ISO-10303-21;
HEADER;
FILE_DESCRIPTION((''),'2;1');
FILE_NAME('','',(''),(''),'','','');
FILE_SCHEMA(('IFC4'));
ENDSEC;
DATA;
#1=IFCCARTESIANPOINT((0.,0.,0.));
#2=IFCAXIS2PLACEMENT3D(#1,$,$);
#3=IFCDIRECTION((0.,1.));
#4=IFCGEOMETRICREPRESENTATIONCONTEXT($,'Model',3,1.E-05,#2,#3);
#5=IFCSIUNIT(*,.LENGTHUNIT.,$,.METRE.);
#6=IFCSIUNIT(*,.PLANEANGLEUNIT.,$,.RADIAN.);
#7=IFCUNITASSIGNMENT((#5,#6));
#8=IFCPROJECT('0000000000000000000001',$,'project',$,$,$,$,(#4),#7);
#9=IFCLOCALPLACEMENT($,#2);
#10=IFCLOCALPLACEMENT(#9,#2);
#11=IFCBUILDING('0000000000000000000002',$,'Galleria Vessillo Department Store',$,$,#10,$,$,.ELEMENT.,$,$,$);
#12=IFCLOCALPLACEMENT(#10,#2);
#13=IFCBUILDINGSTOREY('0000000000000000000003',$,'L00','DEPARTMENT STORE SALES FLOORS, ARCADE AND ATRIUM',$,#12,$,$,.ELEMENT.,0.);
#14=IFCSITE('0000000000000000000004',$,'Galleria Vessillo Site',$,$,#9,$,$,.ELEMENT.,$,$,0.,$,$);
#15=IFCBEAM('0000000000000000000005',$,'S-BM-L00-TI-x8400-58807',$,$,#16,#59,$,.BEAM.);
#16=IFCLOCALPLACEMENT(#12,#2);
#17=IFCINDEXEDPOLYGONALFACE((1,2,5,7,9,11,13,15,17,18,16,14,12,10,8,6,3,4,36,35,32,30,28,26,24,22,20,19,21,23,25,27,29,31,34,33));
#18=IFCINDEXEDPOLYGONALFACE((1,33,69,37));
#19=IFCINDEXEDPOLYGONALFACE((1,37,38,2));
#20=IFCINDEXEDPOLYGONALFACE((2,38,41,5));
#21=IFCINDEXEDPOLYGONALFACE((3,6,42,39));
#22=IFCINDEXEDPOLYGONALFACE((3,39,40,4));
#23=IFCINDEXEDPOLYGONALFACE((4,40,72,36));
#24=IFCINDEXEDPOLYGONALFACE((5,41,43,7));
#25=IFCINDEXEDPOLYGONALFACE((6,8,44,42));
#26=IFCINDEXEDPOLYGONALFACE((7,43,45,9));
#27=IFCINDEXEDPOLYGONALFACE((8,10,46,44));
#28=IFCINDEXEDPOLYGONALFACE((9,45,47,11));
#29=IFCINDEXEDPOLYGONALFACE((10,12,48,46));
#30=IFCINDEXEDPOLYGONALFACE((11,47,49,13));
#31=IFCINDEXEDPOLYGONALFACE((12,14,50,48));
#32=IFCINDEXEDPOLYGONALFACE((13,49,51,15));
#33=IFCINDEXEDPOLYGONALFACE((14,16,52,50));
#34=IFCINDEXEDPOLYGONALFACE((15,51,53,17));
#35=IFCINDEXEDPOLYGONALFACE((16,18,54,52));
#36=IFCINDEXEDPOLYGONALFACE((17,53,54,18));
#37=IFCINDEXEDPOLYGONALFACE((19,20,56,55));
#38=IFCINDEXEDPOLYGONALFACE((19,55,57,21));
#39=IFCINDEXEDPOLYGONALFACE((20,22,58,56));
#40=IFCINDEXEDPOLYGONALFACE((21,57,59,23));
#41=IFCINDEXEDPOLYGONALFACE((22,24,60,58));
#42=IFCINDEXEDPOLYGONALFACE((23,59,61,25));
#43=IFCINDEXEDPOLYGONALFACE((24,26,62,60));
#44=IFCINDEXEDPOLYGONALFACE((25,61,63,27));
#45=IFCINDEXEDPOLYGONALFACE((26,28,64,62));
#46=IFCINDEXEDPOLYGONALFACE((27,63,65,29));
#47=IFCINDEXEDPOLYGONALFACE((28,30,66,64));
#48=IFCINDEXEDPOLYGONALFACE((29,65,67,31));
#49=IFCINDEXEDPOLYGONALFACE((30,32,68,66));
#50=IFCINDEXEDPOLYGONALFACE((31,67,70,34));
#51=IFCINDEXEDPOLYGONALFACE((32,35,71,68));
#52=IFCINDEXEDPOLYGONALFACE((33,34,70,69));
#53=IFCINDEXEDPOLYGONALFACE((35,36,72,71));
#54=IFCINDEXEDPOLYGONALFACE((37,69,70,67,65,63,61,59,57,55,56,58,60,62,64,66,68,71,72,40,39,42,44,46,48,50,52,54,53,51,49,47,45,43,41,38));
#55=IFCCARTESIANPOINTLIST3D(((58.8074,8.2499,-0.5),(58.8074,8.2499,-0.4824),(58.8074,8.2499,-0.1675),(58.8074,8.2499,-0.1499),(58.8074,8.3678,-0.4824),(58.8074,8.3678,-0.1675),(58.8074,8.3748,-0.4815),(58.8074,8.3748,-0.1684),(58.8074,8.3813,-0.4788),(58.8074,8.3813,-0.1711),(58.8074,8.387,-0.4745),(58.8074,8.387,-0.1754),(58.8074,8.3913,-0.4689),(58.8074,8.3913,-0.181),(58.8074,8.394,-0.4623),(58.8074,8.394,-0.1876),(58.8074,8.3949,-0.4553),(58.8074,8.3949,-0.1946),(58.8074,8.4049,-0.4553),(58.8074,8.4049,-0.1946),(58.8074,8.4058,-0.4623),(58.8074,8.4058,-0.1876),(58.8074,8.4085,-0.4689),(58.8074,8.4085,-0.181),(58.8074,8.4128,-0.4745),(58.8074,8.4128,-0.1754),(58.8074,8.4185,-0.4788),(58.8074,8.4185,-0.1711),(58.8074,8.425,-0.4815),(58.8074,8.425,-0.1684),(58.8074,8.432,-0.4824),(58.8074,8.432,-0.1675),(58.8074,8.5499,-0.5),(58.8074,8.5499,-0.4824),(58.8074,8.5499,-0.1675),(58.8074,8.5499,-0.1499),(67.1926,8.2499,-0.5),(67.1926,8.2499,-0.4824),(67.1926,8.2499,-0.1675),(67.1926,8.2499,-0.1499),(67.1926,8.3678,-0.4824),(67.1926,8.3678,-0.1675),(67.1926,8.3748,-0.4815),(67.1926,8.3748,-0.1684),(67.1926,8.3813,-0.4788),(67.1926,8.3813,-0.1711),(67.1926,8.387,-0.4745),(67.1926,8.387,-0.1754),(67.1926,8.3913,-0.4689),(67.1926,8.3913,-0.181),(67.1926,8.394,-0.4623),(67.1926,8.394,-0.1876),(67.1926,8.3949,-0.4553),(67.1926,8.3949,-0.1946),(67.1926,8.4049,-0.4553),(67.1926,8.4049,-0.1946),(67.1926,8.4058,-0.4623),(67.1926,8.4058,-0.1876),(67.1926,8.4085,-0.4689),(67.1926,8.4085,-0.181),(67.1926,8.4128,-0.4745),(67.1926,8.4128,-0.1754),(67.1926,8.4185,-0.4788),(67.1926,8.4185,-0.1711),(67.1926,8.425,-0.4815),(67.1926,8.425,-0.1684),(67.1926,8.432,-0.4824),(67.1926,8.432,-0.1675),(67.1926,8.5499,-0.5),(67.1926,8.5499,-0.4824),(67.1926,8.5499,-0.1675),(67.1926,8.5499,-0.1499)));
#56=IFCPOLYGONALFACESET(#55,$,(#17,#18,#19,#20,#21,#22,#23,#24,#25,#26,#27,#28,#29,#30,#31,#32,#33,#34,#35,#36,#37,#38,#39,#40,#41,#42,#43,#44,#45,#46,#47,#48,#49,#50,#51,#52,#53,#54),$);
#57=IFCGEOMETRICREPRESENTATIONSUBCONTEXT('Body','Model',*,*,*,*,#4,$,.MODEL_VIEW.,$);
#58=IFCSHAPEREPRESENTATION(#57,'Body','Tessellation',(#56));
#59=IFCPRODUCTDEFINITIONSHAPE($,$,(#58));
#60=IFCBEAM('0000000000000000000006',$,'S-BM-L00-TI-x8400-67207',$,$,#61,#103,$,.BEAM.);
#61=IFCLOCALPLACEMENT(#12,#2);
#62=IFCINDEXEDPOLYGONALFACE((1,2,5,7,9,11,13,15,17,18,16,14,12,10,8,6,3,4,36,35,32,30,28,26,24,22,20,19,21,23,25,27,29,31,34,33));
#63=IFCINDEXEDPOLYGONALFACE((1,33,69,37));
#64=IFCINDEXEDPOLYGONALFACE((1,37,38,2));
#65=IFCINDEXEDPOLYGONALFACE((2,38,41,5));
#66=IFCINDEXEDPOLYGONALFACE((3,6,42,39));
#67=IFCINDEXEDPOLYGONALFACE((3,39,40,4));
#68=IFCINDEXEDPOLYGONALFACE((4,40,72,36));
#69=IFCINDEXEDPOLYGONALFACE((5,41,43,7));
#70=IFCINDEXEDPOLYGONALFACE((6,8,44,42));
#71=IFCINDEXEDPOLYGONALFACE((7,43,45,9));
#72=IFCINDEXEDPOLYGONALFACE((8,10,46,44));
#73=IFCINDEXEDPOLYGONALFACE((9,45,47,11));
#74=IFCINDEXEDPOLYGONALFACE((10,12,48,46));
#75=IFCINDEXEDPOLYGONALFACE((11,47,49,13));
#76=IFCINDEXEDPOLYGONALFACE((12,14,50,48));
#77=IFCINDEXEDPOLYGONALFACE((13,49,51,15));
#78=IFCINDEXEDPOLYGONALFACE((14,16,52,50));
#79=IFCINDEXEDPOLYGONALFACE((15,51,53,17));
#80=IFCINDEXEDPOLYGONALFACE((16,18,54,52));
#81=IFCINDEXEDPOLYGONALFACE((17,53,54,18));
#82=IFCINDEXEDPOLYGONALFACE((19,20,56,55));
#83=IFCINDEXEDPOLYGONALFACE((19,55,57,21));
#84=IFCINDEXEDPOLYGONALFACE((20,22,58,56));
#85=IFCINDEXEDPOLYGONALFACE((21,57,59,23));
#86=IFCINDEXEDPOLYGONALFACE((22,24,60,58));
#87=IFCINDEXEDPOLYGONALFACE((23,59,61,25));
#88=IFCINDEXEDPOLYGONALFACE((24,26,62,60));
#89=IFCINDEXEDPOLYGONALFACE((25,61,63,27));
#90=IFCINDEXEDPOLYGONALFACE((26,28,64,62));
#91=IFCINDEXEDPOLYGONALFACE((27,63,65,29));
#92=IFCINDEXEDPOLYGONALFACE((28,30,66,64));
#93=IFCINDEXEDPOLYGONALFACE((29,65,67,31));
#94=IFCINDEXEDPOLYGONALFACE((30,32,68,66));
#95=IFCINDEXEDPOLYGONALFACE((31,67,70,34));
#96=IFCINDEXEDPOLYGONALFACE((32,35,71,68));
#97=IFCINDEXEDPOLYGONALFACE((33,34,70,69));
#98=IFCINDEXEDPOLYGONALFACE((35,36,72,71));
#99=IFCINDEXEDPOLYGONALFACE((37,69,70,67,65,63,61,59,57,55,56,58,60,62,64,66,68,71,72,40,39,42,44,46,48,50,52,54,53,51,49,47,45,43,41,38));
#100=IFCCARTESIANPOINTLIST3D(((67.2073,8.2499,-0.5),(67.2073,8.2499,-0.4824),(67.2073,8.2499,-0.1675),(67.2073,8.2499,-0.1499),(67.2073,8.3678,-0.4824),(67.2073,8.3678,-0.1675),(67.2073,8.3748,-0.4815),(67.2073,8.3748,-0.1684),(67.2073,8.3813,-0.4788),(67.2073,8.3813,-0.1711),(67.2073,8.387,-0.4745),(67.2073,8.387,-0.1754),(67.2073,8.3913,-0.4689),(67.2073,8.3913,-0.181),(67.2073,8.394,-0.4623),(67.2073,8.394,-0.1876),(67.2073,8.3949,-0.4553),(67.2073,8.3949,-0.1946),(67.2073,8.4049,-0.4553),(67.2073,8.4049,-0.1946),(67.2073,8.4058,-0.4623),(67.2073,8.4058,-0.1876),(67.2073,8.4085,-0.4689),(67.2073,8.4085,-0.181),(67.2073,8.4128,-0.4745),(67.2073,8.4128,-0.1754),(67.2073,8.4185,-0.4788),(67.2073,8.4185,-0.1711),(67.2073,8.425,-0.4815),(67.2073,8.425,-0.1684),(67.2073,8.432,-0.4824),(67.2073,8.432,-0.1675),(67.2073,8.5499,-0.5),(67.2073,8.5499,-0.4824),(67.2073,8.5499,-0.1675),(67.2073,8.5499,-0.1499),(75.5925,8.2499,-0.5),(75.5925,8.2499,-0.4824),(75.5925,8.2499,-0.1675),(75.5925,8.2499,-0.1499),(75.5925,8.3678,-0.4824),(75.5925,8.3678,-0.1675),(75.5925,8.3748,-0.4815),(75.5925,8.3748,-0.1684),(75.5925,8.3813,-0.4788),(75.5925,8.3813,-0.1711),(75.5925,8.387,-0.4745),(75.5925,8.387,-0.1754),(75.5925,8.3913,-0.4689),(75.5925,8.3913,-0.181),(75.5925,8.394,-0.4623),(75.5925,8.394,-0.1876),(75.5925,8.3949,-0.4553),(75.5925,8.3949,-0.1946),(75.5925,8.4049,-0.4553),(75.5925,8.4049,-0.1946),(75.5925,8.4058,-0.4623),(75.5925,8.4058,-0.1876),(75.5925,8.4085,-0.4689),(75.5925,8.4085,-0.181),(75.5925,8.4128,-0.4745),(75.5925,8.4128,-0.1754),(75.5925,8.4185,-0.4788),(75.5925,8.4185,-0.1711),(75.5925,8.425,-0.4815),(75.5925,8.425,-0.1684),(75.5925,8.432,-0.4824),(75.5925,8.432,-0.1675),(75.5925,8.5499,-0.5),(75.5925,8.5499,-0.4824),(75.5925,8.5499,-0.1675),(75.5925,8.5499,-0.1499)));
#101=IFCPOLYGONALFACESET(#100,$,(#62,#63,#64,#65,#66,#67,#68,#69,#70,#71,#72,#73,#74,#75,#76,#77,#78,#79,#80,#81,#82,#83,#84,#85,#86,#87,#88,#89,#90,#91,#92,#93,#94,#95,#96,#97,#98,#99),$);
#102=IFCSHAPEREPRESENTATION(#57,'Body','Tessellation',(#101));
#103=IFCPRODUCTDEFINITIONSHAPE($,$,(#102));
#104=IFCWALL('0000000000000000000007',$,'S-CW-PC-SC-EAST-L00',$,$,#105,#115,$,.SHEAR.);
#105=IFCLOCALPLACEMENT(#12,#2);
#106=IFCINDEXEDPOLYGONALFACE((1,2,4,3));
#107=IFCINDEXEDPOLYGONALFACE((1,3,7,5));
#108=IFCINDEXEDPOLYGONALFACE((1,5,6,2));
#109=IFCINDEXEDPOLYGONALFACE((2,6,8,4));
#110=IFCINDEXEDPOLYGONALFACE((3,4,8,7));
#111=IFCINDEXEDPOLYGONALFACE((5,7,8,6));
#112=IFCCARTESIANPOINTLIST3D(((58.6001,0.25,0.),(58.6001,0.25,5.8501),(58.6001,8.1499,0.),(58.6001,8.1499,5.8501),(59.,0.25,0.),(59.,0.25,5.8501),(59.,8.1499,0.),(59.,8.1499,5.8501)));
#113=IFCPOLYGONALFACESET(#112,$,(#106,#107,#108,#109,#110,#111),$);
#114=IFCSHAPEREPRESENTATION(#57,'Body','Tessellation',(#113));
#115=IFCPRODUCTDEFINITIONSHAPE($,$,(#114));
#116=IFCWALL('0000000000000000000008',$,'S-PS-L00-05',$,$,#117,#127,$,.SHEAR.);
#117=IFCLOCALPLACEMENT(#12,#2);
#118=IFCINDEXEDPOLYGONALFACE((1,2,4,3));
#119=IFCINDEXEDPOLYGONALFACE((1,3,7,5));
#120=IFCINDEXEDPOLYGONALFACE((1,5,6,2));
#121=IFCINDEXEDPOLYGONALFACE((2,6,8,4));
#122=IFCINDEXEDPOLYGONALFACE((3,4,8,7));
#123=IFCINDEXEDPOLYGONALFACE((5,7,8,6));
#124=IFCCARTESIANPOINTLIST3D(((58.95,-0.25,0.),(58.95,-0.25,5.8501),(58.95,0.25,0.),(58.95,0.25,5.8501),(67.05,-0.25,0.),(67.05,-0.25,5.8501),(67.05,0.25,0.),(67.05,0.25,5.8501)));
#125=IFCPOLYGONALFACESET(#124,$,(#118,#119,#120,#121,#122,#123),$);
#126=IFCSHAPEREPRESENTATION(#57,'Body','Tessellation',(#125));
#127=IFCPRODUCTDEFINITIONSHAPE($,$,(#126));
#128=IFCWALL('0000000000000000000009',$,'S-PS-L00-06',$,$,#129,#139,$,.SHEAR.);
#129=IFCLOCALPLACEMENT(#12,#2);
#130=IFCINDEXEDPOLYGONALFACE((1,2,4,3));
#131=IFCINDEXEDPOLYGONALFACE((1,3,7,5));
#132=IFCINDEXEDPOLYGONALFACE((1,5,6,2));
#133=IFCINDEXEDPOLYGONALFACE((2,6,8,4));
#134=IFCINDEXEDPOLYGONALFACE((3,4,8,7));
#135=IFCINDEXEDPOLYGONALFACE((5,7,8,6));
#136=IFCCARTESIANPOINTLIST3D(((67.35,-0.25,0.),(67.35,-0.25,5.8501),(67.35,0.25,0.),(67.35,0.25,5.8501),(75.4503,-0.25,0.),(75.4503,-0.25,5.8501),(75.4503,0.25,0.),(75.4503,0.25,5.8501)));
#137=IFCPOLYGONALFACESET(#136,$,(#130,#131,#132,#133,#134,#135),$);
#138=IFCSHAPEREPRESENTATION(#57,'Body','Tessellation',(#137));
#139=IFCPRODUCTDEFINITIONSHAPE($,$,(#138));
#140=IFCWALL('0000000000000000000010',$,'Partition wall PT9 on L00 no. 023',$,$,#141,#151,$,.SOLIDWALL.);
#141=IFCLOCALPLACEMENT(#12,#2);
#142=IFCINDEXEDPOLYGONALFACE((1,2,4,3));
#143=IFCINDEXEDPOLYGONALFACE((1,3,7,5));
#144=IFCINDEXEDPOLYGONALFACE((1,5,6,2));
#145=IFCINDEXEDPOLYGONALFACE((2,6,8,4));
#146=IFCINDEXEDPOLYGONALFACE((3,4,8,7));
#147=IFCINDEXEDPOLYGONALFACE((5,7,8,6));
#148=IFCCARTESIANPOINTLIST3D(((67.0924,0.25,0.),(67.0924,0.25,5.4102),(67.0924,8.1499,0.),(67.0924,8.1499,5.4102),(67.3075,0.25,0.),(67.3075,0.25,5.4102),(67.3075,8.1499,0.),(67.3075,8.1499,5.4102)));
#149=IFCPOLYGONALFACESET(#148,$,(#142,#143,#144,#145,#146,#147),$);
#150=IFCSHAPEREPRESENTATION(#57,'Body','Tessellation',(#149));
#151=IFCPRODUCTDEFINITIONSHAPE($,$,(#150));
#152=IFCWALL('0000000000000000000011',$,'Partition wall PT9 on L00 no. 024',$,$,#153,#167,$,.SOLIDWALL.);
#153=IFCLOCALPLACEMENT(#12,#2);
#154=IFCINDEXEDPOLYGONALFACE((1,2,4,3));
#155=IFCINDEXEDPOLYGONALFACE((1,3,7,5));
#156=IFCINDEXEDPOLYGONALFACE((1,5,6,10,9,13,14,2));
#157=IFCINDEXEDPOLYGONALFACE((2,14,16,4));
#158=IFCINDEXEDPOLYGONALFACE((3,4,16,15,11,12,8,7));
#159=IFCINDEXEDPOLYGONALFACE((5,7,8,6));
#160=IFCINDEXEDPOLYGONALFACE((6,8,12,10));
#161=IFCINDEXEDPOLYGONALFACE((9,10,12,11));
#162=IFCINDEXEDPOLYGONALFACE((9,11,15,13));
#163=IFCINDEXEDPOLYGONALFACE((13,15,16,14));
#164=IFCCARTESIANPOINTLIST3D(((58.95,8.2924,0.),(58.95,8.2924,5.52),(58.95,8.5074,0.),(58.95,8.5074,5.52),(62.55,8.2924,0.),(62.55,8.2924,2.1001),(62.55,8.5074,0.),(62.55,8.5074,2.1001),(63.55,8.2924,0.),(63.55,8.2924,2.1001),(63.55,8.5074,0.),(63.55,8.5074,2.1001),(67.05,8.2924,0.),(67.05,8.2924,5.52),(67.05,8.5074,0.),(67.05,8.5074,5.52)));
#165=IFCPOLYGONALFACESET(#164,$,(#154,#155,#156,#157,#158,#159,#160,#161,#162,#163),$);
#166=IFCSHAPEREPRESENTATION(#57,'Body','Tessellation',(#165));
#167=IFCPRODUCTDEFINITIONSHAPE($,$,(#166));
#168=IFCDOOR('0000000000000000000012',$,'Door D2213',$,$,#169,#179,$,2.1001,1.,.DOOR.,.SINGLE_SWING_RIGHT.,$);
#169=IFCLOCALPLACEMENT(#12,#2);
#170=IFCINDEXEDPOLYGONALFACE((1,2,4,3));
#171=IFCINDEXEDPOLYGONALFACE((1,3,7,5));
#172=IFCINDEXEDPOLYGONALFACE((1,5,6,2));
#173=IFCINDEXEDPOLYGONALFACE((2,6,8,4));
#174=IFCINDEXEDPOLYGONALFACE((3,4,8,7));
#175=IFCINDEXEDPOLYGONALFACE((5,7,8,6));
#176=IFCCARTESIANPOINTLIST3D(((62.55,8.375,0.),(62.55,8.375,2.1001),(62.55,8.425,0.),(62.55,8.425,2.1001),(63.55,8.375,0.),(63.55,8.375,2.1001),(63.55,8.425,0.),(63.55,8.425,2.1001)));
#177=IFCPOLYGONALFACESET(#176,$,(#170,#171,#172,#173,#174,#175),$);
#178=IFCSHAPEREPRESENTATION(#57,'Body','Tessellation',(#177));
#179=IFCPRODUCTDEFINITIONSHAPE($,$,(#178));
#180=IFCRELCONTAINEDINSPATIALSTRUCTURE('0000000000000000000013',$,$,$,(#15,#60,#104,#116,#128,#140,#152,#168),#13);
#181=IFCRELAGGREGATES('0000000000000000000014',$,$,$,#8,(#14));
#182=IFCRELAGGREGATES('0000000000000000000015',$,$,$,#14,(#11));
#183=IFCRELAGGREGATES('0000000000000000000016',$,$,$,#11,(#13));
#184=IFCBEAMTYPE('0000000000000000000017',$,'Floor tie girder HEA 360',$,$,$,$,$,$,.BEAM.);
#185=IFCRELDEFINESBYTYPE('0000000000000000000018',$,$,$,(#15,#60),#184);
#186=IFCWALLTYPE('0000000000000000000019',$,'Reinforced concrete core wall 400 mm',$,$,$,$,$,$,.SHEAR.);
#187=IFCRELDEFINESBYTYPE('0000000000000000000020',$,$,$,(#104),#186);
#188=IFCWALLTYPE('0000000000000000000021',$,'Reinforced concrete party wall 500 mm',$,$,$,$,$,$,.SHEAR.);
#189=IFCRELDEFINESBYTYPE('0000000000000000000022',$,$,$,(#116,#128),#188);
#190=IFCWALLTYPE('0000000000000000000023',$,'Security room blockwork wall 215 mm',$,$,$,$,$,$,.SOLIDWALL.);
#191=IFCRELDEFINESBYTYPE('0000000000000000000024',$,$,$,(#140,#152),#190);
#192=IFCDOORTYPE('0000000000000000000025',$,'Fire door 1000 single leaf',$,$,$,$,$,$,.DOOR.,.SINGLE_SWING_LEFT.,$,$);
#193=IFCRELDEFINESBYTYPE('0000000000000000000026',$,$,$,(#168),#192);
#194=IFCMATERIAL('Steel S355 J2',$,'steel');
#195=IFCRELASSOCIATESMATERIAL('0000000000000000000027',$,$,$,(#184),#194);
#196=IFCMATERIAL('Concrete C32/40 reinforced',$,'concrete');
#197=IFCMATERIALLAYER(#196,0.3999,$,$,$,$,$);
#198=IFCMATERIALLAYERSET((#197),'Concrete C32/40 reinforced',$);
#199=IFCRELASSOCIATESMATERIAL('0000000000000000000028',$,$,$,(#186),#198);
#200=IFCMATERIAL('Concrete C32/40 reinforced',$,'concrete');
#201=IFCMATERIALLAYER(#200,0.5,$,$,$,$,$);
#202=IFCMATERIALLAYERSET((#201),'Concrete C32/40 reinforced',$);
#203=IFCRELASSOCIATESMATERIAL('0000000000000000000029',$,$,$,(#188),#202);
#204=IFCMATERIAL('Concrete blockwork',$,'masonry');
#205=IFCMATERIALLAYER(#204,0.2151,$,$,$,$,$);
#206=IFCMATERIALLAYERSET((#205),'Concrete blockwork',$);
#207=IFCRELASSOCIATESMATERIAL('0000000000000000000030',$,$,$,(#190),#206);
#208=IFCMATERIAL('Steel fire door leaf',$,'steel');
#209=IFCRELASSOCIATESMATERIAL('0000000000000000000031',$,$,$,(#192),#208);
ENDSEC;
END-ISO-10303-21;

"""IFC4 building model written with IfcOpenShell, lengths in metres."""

from ifc_helpers import new_model, si_unit, direction, frame, frame_2d, origin, origin_2d, place, context, subcontext, project, spatial, rectangle, i_section, extrude, material, layer, layer_set, material_profile, profile_set, type_object, element, fill, save


model = new_model("IFC4")

# Units and contexts
model_context = context("Model", 3, precision=1e-05, world=origin(), true_north=direction((0.0, 1.0)))
body_context = subcontext(model_context, "Body", "Model", "MODEL_VIEW")
ifc_project = project(units=[si_unit("LENGTHUNIT", "METRE"), si_unit("PLANEANGLEUNIT", "RADIAN")], contexts=[model_context])

# Site, building, storey
site_placement = place(None, origin())
site = spatial("IfcSite", under=ifc_project, at=site_placement, Name="Galleria Vessillo Site", CompositionType="ELEMENT", RefElevation=0.0)
building_placement = place(site_placement, origin())
building = spatial("IfcBuilding", under=site, at=building_placement, Name="Galleria Vessillo Department Store", CompositionType="ELEMENT")
storey_placement = place(building_placement, origin())
storey = spatial("IfcBuildingStorey", under=building, at=storey_placement, Name="L00", Description="DEPARTMENT STORE SALES FLOORS, ARCADE AND ATRIUM", CompositionType="ELEMENT", Elevation=0.0)

# Beams
ifc_material_1 = material(Name="Steel S355 J2", Category="steel")
ifc_material_profile_1 = material_profile(ifc_material_1, i_section(OverallWidth=0.3, OverallDepth=0.3501, WebThickness=0.01, FlangeThickness=0.0176, FilletRadius=0.0271, at=origin_2d()), Name="HEA 360")
ifc_profile_set_1 = profile_set([ifc_material_profile_1], Name="Steel S355 J2")
beam_type_1 = type_object("IfcBeamType", Name="Floor tie girder HEA 360", PredefinedType="BEAM", material=ifc_profile_set_1)
for number, where, z_axis, x_axis, name in (
    (1, (58.8074, 8.3999, -0.325), (1.0, 0.0, 0.0), (0.0, 1.0, 0.0), "S-BM-L00-TI-x8400-58807"),
    (2, (67.2073, 8.3999, -0.325), (1.0, 0.0, 0.0), (0.0, 1.0, 0.0), "S-BM-L00-TI-x8400-67207"),
):
    element("IfcBeam", number, at=place(storey_placement, frame(where, z_axis=z_axis, x_axis=x_axis)), inside=storey, type_object=beam_type_1, Name=name, PredefinedType="BEAM", context=body_context, shape_type="SweptSolid", body=[
        extrude(i_section(OverallWidth=0.3, OverallDepth=0.3501, WebThickness=0.01, FlangeThickness=0.0176, FilletRadius=0.0271, at=origin_2d()), origin(), (0.0, 0.0, 1.0), 8.3853),
    ])

# Walls
ifc_material_2 = material(Name="Concrete C32/40 reinforced", Category="concrete")
ifc_layer_1 = layer(ifc_material_2, 0.3999)
ifc_layer_set_1 = layer_set([ifc_layer_1], Name="Concrete C32/40 reinforced")
wall_type_1 = type_object("IfcWallType", Name="Reinforced concrete core wall 400 mm", PredefinedType="SHEAR", material=ifc_layer_set_1)
wall_1_placement = place(storey_placement, frame((58.8, 0.25, 0.0), z_axis=(0.0, 0.0, 1.0), x_axis=(0.0, 1.0, 0.0)))
element("IfcWall", 3, at=wall_1_placement, inside=storey, type_object=wall_type_1, Name="S-CW-PC-SC-EAST-L00", PredefinedType="SHEAR", context=body_context, shape_type="SweptSolid", body=[
    extrude(rectangle(XDim=7.8999, YDim=0.3999, at=frame_2d((3.95, 0.0))), origin(), (0.0, 0.0, 1.0), 5.8501),
])
ifc_material_3 = material(Name="Concrete C32/40 reinforced", Category="concrete")
ifc_layer_2 = layer(ifc_material_3, 0.5)
ifc_layer_set_2 = layer_set([ifc_layer_2], Name="Concrete C32/40 reinforced")
wall_type_2 = type_object("IfcWallType", Name="Reinforced concrete party wall 500 mm", PredefinedType="SHEAR", material=ifc_layer_set_2)
wall_2_placement = place(storey_placement, frame((58.95, 0.0, 0.0), z_axis=(0.0, 0.0, 1.0), x_axis=(1.0, 0.0, 0.0)))
element("IfcWall", 4, at=wall_2_placement, inside=storey, type_object=wall_type_2, Name="S-PS-L00-05", PredefinedType="SHEAR", context=body_context, shape_type="SweptSolid", body=[
    extrude(rectangle(XDim=8.1001, YDim=0.5, at=frame_2d((4.05, 0.0))), origin(), (0.0, 0.0, 1.0), 5.8501),
])
wall_3_placement = place(storey_placement, frame((67.3499, 0.0, 0.0), z_axis=(0.0, 0.0, 1.0), x_axis=(1.0, 0.0, 0.0)))
element("IfcWall", 5, at=wall_3_placement, inside=storey, type_object=wall_type_2, Name="S-PS-L00-06", PredefinedType="SHEAR", context=body_context, shape_type="SweptSolid", body=[
    extrude(rectangle(XDim=8.1003, YDim=0.5, at=frame_2d((4.0503, 0.0))), origin(), (0.0, 0.0, 1.0), 5.8501),
])
ifc_material_4 = material(Name="Concrete blockwork", Category="masonry")
ifc_layer_3 = layer(ifc_material_4, 0.2151)
ifc_layer_set_3 = layer_set([ifc_layer_3], Name="Concrete blockwork")
wall_type_3 = type_object("IfcWallType", Name="Security room blockwork wall 215 mm", PredefinedType="SOLIDWALL", material=ifc_layer_set_3)
wall_4_placement = place(storey_placement, frame((67.2, 0.25, 0.0), z_axis=(0.0, 0.0, 1.0), x_axis=(0.0, 1.0, 0.0)))
element("IfcWall", 6, at=wall_4_placement, inside=storey, type_object=wall_type_3, Name="Partition wall PT9 on L00 no. 023", PredefinedType="SOLIDWALL", context=body_context, shape_type="SweptSolid", body=[
    extrude(rectangle(XDim=7.8999, YDim=0.2151, at=frame_2d((3.95, 0.0))), origin(), (0.0, 0.0, 1.0), 5.4102),
])

# Wall, opening, door
wall_5_placement = place(storey_placement, frame((58.95, 8.3999, 0.0), z_axis=(0.0, 0.0, 1.0), x_axis=(1.0, 0.0, 0.0)))
wall_5 = element("IfcWall", 7, at=wall_5_placement, inside=storey, type_object=wall_type_3, Name="Partition wall PT9 on L00 no. 024", PredefinedType="SOLIDWALL", context=body_context, shape_type="SweptSolid", body=[
    extrude(rectangle(XDim=8.1001, YDim=0.2151, at=frame_2d((4.05, 0.0))), origin(), (0.0, 0.0, 1.0), 5.52),
])
opening_1_placement = place(wall_5_placement, frame((3.6001, 0.0, 0.0)))
opening_1 = element("IfcOpeningElement", 8, at=opening_1_placement, cuts=wall_5, PredefinedType="OPENING", context=body_context, shape_type="SweptSolid", body=[
    extrude(rectangle(XDim=1.0, YDim=2.1001, at=frame_2d((0.5, 1.05))), frame((0.0, 0.1177, 0.0), z_axis=(0.0, -1.0, 0.0), x_axis=(1.0, 0.0, 0.0)), (0.0, 0.0, 1.0), 0.2351),
])
ifc_material_5 = material(Name="Steel fire door leaf", Category="steel")
door_type_1 = type_object("IfcDoorType", Name="Fire door 1000 single leaf", OperationType="SINGLE_SWING_LEFT", PredefinedType="DOOR", material=ifc_material_5)
door_1_placement = place(opening_1_placement, frame((1.0, 0.0, 0.0), z_axis=(0.0, 0.0, 1.0), x_axis=(-1.0, 0.0, 0.0)))
door_1 = element("IfcDoor", 9, at=door_1_placement, inside=storey, type_object=door_type_1, Name="Door D2213", OperationType="SINGLE_SWING_RIGHT", OverallHeight=2.1001, OverallWidth=1.0, PredefinedType="DOOR", context=body_context, shape_type="SweptSolid", body=[
    extrude(rectangle(XDim=1.0, YDim=2.1001, at=frame_2d((0.5, 1.05))), frame((0.0, 0.0249, 0.0), z_axis=(0.0, -1.0, 0.0), x_axis=(1.0, 0.0, 0.0)), (0.0, 0.0, 1.0), 0.05),
])
fill(opening_1, door_1)

save(model, "model.ifc")
